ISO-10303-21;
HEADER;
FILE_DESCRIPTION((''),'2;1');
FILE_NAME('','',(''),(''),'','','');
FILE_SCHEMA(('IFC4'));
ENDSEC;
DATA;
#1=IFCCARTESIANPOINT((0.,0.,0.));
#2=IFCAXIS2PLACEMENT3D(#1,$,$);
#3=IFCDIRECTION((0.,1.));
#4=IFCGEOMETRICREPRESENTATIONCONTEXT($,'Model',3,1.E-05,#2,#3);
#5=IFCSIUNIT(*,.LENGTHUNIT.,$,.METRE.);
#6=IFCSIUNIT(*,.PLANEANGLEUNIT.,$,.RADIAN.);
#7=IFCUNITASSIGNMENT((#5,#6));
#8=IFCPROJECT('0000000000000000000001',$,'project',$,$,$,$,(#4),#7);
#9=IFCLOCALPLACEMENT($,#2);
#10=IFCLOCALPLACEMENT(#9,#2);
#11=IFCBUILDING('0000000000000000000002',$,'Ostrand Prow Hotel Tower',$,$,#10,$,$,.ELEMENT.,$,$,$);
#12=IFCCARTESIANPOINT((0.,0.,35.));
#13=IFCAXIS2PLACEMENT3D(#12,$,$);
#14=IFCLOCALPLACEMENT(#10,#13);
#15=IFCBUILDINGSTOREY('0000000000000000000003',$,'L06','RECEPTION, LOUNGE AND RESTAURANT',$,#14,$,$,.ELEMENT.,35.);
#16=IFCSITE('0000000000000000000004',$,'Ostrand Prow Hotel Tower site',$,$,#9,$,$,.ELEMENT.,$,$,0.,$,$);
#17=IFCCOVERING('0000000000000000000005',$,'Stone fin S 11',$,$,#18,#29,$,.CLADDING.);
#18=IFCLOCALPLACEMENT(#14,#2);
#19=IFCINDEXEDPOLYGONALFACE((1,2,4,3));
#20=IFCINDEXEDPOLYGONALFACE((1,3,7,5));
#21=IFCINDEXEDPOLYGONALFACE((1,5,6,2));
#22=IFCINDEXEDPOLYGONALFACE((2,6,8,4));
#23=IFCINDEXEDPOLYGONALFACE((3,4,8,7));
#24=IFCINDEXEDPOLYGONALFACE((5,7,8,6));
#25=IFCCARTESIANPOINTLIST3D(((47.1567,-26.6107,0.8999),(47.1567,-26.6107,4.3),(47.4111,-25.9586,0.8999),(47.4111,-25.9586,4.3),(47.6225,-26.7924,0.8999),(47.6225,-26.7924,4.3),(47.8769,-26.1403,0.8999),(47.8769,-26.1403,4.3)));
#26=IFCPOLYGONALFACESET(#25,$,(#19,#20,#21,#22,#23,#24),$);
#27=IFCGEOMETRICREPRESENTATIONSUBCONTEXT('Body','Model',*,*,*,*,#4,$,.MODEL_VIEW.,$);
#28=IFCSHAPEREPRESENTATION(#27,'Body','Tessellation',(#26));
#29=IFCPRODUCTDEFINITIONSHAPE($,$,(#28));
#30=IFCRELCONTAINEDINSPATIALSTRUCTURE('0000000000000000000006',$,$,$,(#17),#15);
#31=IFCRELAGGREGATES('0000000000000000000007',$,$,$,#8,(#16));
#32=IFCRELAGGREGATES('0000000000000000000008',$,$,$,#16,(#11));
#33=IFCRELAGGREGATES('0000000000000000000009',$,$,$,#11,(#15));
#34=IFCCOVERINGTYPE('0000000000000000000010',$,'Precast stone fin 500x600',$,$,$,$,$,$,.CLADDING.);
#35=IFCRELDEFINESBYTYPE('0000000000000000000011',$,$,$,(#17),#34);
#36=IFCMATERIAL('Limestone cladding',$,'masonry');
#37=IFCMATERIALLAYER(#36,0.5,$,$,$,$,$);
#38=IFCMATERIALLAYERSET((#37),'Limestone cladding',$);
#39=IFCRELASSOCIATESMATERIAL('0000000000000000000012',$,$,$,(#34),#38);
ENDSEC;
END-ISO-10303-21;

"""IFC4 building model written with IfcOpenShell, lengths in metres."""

from ifc_helpers import new_model, si_unit, direction, frame, frame_2d, origin, place, context, subcontext, project, spatial, rectangle, extrude, material, layer, layer_set, type_object, element, save


model = new_model("IFC4")

# Units and contexts
model_context = context("Model", 3, precision=1e-05, world=origin(), true_north=direction((0.0, 1.0)))
body_context = subcontext(model_context, "Body", "Model", "MODEL_VIEW")
ifc_project = project(units=[si_unit("LENGTHUNIT", "METRE"), si_unit("PLANEANGLEUNIT", "RADIAN")], contexts=[model_context])

# Site, building, storey
site_placement = place(None, origin())
site = spatial("IfcSite", under=ifc_project, at=site_placement, Name="Ostrand Prow Hotel Tower site", CompositionType="ELEMENT", RefElevation=0.0)
building_placement = place(site_placement, origin())
building = spatial("IfcBuilding", under=site, at=building_placement, Name="Ostrand Prow Hotel Tower", CompositionType="ELEMENT")
storey_placement = place(building_placement, frame((0.0, 0.0, 35.0)))
storey = spatial("IfcBuildingStorey", under=building, at=storey_placement, Name="L06", Description="RECEPTION, LOUNGE AND RESTAURANT", CompositionType="ELEMENT", Elevation=35.0)

# Covering
ifc_material_1 = material(Name="Limestone cladding", Category="masonry")
ifc_layer_1 = layer(ifc_material_1, 0.5)
ifc_layer_set_1 = layer_set([ifc_layer_1], Name="Limestone cladding")
covering_type = type_object("IfcCoveringType", Name="Precast stone fin 500x600", PredefinedType="CLADDING", material=ifc_layer_set_1)
for number, where, z_axis, x_axis, name in (
    (1, (47.644, -26.0493, 0.8999), (0.0, 0.0, 1.0), (-0.363439, -0.931618, 0.0), "Stone fin S 11"),
):
    element("IfcCovering", number, at=place(storey_placement, frame(where, z_axis=z_axis, x_axis=x_axis)), inside=storey, type_object=covering_type, Name=name, PredefinedType="CLADDING", context=body_context, shape_type="SweptSolid", body=[
        extrude(rectangle(XDim=0.7, YDim=0.5, at=frame_2d((0.3501, 0.0))), origin(), (0.0, 0.0, 1.0), 3.4001),
    ])

save(model, "model.ifc")
